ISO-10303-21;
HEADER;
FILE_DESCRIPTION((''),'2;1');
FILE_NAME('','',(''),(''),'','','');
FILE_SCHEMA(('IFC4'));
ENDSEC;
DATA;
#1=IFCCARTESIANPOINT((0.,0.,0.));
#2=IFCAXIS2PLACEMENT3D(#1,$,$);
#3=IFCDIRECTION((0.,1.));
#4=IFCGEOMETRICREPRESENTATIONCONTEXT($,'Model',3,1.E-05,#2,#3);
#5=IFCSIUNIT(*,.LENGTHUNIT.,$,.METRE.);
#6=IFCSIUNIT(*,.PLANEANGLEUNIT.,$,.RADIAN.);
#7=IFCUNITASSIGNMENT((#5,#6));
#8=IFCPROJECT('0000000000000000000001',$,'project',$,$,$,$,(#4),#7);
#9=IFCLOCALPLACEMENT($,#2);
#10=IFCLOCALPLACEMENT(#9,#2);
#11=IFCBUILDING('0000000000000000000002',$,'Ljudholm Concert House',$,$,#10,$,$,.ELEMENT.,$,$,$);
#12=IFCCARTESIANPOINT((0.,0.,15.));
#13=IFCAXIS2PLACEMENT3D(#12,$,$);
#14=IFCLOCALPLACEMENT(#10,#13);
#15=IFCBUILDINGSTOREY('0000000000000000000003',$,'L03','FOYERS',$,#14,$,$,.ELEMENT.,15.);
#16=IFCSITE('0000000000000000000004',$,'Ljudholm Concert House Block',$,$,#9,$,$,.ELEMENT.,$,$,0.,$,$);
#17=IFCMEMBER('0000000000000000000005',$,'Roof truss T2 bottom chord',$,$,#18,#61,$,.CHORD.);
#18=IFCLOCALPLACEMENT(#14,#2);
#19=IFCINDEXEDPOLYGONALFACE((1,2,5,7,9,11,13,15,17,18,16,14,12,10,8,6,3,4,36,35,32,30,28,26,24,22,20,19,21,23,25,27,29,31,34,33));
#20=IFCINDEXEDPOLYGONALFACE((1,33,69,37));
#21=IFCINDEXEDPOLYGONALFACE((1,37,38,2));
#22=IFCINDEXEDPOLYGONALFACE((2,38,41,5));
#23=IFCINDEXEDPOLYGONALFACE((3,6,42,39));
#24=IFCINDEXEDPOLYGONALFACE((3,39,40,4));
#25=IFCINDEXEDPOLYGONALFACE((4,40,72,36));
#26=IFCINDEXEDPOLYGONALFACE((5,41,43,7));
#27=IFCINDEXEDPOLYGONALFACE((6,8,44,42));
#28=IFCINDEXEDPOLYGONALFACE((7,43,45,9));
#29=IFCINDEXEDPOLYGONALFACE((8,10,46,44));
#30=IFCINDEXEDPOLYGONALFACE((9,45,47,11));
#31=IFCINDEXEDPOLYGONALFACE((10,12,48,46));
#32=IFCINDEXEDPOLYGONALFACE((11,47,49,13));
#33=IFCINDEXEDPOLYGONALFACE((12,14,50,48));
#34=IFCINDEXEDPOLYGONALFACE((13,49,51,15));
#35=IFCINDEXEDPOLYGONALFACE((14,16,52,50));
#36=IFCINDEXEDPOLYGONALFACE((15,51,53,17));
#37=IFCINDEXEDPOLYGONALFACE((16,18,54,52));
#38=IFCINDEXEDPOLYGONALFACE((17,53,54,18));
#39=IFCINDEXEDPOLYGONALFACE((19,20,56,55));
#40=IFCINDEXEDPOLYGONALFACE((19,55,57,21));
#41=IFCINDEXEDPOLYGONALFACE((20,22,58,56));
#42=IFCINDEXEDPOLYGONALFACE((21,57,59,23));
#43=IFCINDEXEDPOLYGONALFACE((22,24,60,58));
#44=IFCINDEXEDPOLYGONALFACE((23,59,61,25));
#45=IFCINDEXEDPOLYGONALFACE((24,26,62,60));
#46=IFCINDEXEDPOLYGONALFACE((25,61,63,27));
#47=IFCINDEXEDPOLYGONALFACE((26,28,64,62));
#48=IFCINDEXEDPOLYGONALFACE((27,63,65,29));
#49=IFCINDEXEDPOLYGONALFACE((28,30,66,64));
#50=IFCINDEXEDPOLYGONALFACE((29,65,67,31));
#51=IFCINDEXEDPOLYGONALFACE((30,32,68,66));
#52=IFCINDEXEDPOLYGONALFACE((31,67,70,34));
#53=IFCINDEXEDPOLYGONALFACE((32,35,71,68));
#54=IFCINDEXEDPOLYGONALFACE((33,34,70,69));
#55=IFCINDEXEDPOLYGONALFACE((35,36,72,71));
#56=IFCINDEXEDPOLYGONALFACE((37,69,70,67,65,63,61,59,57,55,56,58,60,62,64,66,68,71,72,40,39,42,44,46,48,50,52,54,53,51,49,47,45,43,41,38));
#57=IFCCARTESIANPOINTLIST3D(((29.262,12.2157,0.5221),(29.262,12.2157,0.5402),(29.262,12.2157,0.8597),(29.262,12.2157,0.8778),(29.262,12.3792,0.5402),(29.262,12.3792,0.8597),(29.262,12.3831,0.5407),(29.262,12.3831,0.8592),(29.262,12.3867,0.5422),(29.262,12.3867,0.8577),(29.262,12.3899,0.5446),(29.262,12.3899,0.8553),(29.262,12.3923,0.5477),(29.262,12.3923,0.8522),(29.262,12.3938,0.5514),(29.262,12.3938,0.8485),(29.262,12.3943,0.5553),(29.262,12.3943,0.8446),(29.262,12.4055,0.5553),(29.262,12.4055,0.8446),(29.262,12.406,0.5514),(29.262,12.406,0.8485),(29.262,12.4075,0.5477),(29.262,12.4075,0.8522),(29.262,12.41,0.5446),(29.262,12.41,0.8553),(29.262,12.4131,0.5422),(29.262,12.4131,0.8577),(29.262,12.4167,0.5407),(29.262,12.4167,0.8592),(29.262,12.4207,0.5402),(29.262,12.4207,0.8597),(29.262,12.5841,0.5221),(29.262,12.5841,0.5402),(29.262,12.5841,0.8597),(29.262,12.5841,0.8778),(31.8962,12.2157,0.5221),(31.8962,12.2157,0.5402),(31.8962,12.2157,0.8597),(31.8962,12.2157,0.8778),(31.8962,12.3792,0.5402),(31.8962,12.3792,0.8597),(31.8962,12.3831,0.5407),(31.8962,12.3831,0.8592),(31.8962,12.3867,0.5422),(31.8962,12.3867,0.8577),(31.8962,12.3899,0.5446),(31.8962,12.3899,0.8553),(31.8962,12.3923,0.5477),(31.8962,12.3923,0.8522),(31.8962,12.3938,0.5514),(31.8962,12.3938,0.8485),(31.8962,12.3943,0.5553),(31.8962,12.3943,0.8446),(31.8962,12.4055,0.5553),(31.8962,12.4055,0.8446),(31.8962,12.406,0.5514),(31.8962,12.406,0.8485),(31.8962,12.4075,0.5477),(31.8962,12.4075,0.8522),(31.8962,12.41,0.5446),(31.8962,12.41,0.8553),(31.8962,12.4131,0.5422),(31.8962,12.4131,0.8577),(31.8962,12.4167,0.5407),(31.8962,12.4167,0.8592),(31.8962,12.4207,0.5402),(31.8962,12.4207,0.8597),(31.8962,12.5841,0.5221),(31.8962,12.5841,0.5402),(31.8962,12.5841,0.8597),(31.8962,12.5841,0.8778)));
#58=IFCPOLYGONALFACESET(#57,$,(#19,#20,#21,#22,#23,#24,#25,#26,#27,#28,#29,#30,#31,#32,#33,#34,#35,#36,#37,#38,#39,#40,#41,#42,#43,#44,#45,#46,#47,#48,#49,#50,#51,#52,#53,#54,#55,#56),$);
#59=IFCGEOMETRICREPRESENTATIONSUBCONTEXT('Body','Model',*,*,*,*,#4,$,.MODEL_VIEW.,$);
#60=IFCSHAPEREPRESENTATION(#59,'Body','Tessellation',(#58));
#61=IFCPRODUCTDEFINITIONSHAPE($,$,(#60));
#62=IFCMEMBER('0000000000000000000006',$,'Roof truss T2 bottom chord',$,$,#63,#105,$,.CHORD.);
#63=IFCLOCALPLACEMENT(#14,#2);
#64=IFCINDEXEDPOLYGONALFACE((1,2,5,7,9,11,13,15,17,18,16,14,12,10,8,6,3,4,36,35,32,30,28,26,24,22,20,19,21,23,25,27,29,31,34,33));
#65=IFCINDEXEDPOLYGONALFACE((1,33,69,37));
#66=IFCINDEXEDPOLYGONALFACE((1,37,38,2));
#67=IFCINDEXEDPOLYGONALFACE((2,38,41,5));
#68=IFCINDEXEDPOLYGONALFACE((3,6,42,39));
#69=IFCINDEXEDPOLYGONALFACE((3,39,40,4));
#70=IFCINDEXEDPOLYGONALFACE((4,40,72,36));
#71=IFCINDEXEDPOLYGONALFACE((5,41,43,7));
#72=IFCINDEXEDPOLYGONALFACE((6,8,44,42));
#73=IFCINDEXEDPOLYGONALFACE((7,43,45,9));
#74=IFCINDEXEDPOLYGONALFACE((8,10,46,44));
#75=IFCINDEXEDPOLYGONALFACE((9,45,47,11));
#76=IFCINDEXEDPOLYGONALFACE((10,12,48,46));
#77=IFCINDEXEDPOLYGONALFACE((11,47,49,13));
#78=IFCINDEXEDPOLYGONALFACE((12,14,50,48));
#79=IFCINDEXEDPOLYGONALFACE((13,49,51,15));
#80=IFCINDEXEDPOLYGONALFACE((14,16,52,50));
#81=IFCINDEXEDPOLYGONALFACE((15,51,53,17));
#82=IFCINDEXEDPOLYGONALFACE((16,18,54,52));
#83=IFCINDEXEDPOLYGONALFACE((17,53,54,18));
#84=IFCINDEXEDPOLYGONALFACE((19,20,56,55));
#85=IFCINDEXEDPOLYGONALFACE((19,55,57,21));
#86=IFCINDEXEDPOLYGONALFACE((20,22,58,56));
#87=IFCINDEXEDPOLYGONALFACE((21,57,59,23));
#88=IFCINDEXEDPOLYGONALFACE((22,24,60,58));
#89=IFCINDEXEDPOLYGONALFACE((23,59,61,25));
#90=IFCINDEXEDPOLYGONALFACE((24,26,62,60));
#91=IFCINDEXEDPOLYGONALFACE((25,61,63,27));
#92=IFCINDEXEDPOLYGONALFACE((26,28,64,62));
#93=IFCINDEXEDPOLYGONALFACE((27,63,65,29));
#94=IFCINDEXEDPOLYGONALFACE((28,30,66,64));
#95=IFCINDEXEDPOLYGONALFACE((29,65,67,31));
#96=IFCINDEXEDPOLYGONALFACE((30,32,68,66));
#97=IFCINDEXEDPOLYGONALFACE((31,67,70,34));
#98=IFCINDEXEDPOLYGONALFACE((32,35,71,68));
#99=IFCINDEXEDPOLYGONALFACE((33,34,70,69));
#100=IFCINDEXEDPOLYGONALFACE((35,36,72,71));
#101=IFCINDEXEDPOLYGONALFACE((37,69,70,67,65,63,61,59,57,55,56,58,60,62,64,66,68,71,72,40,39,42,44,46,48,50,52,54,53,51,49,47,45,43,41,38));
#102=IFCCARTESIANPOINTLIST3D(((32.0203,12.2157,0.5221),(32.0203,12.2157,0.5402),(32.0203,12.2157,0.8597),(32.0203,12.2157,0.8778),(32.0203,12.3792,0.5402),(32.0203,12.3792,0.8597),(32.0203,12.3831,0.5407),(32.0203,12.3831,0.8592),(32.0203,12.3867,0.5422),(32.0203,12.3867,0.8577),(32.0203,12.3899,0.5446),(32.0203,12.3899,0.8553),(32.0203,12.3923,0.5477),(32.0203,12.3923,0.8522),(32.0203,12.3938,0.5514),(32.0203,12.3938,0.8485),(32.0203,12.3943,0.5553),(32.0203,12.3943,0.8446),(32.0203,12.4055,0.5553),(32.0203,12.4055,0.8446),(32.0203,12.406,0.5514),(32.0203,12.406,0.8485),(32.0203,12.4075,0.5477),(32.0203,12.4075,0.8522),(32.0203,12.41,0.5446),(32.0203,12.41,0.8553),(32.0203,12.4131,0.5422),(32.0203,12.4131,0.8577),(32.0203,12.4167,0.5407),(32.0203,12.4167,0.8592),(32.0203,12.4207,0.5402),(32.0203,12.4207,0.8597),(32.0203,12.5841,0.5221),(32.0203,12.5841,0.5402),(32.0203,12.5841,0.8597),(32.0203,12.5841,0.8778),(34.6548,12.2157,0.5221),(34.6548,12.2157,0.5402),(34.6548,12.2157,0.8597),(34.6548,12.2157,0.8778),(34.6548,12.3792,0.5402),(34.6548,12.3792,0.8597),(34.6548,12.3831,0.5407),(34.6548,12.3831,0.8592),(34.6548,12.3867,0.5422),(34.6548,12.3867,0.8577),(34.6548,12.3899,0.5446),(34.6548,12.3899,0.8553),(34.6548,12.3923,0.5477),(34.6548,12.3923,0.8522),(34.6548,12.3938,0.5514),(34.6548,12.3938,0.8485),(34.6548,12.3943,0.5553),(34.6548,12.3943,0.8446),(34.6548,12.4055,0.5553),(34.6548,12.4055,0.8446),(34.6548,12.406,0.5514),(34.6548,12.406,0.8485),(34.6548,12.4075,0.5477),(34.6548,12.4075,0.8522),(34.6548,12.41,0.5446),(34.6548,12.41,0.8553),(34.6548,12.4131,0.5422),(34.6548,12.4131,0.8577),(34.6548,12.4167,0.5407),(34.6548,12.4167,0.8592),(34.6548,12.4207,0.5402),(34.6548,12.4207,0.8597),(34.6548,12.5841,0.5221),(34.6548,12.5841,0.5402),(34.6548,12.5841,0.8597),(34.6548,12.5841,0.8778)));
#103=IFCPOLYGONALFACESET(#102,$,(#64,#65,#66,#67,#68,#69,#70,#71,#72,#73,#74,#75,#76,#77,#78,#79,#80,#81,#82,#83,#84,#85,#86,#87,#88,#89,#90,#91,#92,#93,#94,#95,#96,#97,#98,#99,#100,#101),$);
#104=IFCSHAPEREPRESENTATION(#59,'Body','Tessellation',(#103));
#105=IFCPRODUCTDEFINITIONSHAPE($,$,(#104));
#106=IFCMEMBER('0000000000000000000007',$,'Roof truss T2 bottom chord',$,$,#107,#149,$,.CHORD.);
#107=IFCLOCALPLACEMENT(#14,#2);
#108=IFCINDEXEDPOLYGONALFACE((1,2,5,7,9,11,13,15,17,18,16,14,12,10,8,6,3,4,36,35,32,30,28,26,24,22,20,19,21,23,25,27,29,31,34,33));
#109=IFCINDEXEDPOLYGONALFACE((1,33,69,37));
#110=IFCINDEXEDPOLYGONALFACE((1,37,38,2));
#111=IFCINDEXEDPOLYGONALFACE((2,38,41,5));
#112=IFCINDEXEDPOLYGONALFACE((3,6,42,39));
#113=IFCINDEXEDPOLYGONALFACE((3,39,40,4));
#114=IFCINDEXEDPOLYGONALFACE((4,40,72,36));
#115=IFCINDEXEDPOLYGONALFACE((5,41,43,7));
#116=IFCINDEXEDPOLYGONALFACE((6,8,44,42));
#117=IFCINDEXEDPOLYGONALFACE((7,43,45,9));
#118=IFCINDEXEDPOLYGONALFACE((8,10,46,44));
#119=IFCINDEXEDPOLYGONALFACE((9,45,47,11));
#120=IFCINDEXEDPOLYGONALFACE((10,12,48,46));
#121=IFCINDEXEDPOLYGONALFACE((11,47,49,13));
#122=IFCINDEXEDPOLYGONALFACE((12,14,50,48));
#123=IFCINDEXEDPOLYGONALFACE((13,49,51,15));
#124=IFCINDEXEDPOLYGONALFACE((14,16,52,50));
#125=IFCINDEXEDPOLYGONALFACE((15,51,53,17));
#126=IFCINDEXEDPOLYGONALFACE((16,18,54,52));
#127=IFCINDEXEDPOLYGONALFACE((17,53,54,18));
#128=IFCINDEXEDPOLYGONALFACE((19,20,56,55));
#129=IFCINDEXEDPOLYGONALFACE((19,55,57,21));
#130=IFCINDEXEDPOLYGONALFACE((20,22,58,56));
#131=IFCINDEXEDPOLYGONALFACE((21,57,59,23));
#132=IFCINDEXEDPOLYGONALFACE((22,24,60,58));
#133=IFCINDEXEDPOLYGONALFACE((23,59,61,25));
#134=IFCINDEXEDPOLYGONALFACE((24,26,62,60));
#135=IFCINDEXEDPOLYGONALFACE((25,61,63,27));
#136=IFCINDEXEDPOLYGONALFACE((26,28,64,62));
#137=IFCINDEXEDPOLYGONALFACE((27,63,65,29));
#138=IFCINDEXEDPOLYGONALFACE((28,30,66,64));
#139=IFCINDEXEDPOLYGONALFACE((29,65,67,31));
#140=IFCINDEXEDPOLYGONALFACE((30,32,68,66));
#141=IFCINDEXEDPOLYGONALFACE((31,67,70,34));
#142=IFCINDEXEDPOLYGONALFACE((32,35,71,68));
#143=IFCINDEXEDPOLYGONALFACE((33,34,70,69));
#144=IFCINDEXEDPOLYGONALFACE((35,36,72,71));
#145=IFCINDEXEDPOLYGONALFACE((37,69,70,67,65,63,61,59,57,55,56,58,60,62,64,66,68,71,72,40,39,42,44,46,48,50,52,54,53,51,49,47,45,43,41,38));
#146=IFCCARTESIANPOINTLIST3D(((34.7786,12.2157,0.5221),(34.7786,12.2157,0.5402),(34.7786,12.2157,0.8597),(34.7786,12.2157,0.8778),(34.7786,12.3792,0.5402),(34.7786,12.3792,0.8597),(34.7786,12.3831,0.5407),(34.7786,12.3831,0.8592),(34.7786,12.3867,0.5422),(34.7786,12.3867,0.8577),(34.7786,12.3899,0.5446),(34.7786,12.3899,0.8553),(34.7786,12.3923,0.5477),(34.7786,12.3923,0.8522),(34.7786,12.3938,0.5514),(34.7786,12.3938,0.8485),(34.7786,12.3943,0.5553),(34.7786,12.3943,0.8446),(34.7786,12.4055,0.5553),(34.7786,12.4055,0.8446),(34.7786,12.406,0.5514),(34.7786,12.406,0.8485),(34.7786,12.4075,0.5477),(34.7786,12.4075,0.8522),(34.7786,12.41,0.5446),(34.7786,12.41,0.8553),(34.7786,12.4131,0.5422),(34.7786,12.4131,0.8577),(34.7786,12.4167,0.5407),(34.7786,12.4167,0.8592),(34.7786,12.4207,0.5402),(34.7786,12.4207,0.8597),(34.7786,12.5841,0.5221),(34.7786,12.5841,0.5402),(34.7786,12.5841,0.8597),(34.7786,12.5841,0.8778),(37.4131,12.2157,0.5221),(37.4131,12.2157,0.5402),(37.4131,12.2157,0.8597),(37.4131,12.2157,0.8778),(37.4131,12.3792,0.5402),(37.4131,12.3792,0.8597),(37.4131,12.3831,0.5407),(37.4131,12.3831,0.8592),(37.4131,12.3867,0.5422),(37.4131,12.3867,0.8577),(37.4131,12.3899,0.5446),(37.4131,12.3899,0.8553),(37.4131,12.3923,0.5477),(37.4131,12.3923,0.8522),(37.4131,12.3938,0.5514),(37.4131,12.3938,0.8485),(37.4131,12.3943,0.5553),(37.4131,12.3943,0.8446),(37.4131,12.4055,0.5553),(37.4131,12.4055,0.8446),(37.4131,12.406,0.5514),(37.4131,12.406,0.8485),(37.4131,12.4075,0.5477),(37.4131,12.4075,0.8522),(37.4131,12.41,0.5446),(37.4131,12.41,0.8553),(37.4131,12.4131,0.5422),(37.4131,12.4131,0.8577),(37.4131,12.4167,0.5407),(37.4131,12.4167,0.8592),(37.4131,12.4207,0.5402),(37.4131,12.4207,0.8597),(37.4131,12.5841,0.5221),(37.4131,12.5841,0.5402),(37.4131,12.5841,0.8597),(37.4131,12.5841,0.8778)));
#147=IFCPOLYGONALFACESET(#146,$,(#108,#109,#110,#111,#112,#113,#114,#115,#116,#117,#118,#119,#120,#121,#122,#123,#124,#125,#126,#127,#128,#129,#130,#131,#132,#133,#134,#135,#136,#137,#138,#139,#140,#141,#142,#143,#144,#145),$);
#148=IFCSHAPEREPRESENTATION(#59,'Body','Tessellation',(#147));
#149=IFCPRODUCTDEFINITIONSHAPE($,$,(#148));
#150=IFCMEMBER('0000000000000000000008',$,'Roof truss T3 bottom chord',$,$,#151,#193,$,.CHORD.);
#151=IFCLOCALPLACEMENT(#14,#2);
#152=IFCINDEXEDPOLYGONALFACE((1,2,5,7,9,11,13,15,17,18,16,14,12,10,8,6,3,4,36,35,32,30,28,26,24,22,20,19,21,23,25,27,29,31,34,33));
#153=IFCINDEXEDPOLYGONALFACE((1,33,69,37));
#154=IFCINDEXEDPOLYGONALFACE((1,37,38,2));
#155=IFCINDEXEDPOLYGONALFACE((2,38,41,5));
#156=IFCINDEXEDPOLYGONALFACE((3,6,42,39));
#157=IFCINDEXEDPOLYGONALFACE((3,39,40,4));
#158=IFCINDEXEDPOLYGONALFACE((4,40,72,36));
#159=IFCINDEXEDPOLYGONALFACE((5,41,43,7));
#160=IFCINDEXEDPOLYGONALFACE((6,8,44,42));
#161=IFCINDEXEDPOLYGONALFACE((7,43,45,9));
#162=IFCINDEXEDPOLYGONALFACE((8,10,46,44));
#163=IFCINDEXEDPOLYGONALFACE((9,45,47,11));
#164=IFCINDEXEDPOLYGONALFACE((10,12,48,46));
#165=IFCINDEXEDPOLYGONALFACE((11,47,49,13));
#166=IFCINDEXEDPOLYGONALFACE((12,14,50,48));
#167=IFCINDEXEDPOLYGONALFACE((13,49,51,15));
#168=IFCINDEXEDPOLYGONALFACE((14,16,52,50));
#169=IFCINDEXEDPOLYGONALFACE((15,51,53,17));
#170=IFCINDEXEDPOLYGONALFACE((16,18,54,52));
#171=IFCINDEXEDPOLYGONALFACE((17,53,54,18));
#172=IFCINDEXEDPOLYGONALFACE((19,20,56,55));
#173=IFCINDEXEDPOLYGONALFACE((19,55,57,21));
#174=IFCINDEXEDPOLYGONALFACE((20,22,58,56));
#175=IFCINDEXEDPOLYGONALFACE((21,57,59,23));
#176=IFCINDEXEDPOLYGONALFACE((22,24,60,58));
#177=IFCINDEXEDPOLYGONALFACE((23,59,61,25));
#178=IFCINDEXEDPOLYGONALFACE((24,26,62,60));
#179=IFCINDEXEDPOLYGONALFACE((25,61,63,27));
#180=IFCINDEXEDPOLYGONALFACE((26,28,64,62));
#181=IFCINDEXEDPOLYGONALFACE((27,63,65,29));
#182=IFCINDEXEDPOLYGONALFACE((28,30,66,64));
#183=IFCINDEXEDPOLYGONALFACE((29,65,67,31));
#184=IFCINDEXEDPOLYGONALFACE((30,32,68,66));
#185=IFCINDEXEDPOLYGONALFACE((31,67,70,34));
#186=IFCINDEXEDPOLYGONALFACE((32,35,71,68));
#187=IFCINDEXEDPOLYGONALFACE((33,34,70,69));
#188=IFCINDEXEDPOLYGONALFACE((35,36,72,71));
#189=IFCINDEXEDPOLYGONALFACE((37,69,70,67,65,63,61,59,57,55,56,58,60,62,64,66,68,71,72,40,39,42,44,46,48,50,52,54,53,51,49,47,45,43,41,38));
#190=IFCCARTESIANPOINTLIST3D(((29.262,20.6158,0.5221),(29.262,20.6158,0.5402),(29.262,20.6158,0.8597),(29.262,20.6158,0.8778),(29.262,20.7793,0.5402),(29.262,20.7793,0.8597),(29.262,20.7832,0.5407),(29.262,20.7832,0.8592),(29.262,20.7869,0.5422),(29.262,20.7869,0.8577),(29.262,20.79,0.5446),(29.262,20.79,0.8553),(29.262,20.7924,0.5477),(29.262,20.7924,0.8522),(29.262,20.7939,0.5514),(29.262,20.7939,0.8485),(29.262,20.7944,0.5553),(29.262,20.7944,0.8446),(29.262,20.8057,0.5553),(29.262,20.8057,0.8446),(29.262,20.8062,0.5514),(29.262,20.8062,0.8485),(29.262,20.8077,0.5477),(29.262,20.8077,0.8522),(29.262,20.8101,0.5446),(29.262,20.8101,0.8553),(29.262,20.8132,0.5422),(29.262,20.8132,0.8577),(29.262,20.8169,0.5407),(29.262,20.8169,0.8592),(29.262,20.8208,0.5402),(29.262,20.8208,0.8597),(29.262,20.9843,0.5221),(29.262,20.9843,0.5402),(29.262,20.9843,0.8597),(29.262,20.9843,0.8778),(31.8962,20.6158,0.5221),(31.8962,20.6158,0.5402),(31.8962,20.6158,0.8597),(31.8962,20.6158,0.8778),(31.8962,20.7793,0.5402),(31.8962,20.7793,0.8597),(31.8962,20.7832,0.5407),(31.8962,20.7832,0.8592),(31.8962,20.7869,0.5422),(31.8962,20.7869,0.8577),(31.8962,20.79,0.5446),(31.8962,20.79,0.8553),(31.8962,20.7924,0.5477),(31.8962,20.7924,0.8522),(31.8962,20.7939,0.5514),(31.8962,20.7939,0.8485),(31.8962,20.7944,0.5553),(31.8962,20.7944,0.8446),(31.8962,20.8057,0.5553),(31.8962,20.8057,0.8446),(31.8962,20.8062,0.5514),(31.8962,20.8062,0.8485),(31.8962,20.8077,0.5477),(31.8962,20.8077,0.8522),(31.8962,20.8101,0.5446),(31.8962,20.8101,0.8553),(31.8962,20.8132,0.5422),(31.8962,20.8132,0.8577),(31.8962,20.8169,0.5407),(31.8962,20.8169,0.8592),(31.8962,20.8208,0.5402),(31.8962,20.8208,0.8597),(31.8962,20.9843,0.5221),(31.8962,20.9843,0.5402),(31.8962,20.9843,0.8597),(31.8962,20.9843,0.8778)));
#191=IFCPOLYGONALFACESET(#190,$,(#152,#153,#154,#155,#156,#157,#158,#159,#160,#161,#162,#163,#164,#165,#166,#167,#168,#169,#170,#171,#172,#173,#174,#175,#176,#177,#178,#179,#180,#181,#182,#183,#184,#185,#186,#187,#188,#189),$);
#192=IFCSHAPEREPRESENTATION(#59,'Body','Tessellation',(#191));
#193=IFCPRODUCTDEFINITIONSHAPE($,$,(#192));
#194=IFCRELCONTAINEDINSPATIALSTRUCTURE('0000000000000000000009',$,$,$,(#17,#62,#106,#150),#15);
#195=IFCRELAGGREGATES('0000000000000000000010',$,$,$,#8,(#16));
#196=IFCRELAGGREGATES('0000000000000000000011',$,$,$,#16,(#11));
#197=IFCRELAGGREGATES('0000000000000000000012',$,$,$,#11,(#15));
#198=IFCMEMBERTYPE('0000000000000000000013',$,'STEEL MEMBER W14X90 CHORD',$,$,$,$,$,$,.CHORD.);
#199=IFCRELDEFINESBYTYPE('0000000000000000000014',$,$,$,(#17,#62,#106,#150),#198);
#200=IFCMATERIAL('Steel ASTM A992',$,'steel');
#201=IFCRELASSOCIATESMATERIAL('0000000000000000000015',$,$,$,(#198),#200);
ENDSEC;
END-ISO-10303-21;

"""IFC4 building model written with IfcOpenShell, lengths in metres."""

from ifc_helpers import new_model, si_unit, direction, frame, origin, origin_2d, place, context, subcontext, project, spatial, i_section, extrude, material, material_profile, profile_set, type_object, element, save


model = new_model("IFC4")

# Units and contexts
model_context = context("Model", 3, precision=1e-05, world=origin(), true_north=direction((0.0, 1.0)))
body_context = subcontext(model_context, "Body", "Model", "MODEL_VIEW")
ifc_project = project(units=[si_unit("LENGTHUNIT", "METRE"), si_unit("PLANEANGLEUNIT", "RADIAN")], contexts=[model_context])

# Site, building, storey
site_placement = place(None, origin())
site = spatial("IfcSite", under=ifc_project, at=site_placement, Name="Ljudholm Concert House Block", CompositionType="ELEMENT", RefElevation=0.0)
building_placement = place(site_placement, origin())
building = spatial("IfcBuilding", under=site, at=building_placement, Name="Ljudholm Concert House", CompositionType="ELEMENT")
storey_placement = place(building_placement, frame((0.0, 0.0, 15.0)))
storey = spatial("IfcBuildingStorey", under=building, at=storey_placement, Name="L03", Description="FOYERS", CompositionType="ELEMENT", Elevation=15.0)

# Members
ifc_material_1 = material(Name="Steel ASTM A992", Category="steel")
ifc_material_profile = material_profile(ifc_material_1, i_section(OverallWidth=0.3684, OverallDepth=0.3557, WebThickness=0.0112, FlangeThickness=0.0181, FilletRadius=0.0151, at=origin_2d()), Name="W14X90")
ifc_profile_set = profile_set([ifc_material_profile], Name="Steel ASTM A992")
member_type = type_object("IfcMemberType", Name="STEEL MEMBER W14X90 CHORD", PredefinedType="CHORD", material=ifc_profile_set)
member_1_placement = place(storey_placement, frame((29.262, 12.3999, 0.7), z_axis=(1.0, 0.0, 0.0), x_axis=(0.0, 1.0, 0.0)))
element("IfcMember", 1, at=member_1_placement, inside=storey, type_object=member_type, Name="Roof truss T2 bottom chord", PredefinedType="CHORD", context=body_context, shape_type="SweptSolid", body=[
    extrude(i_section(OverallWidth=0.3684, OverallDepth=0.3557, WebThickness=0.0112, FlangeThickness=0.0181, FilletRadius=0.0151, at=origin_2d()), origin(), (0.0, 0.0, 1.0), 2.6343),
])
for number, where, z_axis, x_axis, name in (
    (2, (32.0203, 12.3999, 0.7), (1.0, 0.0, 0.0), (0.0, 1.0, 0.0), "Roof truss T2 bottom chord"),
    (3, (34.7786, 12.3999, 0.7), (1.0, 0.0, 0.0), (0.0, 1.0, 0.0), "Roof truss T2 bottom chord"),
):
    element("IfcMember", number, at=place(storey_placement, frame(where, z_axis=z_axis, x_axis=x_axis)), inside=storey, type_object=member_type, Name=name, PredefinedType="CHORD", context=body_context, shape_type="SweptSolid", body=[
        extrude(i_section(OverallWidth=0.3684, OverallDepth=0.3557, WebThickness=0.0112, FlangeThickness=0.0181, FilletRadius=0.0151, at=origin_2d()), origin(), (0.0, 0.0, 1.0), 2.6345),
    ])
member_2_placement = place(storey_placement, frame((29.262, 20.8, 0.7), z_axis=(1.0, 0.0, 0.0), x_axis=(0.0, 1.0, 0.0)))
element("IfcMember", 4, at=member_2_placement, inside=storey, type_object=member_type, Name="Roof truss T3 bottom chord", PredefinedType="CHORD", context=body_context, shape_type="SweptSolid", body=[
    extrude(i_section(OverallWidth=0.3684, OverallDepth=0.3557, WebThickness=0.0112, FlangeThickness=0.0181, FilletRadius=0.0151, at=origin_2d()), origin(), (0.0, 0.0, 1.0), 2.6343),
])

save(model, "model.ifc")
